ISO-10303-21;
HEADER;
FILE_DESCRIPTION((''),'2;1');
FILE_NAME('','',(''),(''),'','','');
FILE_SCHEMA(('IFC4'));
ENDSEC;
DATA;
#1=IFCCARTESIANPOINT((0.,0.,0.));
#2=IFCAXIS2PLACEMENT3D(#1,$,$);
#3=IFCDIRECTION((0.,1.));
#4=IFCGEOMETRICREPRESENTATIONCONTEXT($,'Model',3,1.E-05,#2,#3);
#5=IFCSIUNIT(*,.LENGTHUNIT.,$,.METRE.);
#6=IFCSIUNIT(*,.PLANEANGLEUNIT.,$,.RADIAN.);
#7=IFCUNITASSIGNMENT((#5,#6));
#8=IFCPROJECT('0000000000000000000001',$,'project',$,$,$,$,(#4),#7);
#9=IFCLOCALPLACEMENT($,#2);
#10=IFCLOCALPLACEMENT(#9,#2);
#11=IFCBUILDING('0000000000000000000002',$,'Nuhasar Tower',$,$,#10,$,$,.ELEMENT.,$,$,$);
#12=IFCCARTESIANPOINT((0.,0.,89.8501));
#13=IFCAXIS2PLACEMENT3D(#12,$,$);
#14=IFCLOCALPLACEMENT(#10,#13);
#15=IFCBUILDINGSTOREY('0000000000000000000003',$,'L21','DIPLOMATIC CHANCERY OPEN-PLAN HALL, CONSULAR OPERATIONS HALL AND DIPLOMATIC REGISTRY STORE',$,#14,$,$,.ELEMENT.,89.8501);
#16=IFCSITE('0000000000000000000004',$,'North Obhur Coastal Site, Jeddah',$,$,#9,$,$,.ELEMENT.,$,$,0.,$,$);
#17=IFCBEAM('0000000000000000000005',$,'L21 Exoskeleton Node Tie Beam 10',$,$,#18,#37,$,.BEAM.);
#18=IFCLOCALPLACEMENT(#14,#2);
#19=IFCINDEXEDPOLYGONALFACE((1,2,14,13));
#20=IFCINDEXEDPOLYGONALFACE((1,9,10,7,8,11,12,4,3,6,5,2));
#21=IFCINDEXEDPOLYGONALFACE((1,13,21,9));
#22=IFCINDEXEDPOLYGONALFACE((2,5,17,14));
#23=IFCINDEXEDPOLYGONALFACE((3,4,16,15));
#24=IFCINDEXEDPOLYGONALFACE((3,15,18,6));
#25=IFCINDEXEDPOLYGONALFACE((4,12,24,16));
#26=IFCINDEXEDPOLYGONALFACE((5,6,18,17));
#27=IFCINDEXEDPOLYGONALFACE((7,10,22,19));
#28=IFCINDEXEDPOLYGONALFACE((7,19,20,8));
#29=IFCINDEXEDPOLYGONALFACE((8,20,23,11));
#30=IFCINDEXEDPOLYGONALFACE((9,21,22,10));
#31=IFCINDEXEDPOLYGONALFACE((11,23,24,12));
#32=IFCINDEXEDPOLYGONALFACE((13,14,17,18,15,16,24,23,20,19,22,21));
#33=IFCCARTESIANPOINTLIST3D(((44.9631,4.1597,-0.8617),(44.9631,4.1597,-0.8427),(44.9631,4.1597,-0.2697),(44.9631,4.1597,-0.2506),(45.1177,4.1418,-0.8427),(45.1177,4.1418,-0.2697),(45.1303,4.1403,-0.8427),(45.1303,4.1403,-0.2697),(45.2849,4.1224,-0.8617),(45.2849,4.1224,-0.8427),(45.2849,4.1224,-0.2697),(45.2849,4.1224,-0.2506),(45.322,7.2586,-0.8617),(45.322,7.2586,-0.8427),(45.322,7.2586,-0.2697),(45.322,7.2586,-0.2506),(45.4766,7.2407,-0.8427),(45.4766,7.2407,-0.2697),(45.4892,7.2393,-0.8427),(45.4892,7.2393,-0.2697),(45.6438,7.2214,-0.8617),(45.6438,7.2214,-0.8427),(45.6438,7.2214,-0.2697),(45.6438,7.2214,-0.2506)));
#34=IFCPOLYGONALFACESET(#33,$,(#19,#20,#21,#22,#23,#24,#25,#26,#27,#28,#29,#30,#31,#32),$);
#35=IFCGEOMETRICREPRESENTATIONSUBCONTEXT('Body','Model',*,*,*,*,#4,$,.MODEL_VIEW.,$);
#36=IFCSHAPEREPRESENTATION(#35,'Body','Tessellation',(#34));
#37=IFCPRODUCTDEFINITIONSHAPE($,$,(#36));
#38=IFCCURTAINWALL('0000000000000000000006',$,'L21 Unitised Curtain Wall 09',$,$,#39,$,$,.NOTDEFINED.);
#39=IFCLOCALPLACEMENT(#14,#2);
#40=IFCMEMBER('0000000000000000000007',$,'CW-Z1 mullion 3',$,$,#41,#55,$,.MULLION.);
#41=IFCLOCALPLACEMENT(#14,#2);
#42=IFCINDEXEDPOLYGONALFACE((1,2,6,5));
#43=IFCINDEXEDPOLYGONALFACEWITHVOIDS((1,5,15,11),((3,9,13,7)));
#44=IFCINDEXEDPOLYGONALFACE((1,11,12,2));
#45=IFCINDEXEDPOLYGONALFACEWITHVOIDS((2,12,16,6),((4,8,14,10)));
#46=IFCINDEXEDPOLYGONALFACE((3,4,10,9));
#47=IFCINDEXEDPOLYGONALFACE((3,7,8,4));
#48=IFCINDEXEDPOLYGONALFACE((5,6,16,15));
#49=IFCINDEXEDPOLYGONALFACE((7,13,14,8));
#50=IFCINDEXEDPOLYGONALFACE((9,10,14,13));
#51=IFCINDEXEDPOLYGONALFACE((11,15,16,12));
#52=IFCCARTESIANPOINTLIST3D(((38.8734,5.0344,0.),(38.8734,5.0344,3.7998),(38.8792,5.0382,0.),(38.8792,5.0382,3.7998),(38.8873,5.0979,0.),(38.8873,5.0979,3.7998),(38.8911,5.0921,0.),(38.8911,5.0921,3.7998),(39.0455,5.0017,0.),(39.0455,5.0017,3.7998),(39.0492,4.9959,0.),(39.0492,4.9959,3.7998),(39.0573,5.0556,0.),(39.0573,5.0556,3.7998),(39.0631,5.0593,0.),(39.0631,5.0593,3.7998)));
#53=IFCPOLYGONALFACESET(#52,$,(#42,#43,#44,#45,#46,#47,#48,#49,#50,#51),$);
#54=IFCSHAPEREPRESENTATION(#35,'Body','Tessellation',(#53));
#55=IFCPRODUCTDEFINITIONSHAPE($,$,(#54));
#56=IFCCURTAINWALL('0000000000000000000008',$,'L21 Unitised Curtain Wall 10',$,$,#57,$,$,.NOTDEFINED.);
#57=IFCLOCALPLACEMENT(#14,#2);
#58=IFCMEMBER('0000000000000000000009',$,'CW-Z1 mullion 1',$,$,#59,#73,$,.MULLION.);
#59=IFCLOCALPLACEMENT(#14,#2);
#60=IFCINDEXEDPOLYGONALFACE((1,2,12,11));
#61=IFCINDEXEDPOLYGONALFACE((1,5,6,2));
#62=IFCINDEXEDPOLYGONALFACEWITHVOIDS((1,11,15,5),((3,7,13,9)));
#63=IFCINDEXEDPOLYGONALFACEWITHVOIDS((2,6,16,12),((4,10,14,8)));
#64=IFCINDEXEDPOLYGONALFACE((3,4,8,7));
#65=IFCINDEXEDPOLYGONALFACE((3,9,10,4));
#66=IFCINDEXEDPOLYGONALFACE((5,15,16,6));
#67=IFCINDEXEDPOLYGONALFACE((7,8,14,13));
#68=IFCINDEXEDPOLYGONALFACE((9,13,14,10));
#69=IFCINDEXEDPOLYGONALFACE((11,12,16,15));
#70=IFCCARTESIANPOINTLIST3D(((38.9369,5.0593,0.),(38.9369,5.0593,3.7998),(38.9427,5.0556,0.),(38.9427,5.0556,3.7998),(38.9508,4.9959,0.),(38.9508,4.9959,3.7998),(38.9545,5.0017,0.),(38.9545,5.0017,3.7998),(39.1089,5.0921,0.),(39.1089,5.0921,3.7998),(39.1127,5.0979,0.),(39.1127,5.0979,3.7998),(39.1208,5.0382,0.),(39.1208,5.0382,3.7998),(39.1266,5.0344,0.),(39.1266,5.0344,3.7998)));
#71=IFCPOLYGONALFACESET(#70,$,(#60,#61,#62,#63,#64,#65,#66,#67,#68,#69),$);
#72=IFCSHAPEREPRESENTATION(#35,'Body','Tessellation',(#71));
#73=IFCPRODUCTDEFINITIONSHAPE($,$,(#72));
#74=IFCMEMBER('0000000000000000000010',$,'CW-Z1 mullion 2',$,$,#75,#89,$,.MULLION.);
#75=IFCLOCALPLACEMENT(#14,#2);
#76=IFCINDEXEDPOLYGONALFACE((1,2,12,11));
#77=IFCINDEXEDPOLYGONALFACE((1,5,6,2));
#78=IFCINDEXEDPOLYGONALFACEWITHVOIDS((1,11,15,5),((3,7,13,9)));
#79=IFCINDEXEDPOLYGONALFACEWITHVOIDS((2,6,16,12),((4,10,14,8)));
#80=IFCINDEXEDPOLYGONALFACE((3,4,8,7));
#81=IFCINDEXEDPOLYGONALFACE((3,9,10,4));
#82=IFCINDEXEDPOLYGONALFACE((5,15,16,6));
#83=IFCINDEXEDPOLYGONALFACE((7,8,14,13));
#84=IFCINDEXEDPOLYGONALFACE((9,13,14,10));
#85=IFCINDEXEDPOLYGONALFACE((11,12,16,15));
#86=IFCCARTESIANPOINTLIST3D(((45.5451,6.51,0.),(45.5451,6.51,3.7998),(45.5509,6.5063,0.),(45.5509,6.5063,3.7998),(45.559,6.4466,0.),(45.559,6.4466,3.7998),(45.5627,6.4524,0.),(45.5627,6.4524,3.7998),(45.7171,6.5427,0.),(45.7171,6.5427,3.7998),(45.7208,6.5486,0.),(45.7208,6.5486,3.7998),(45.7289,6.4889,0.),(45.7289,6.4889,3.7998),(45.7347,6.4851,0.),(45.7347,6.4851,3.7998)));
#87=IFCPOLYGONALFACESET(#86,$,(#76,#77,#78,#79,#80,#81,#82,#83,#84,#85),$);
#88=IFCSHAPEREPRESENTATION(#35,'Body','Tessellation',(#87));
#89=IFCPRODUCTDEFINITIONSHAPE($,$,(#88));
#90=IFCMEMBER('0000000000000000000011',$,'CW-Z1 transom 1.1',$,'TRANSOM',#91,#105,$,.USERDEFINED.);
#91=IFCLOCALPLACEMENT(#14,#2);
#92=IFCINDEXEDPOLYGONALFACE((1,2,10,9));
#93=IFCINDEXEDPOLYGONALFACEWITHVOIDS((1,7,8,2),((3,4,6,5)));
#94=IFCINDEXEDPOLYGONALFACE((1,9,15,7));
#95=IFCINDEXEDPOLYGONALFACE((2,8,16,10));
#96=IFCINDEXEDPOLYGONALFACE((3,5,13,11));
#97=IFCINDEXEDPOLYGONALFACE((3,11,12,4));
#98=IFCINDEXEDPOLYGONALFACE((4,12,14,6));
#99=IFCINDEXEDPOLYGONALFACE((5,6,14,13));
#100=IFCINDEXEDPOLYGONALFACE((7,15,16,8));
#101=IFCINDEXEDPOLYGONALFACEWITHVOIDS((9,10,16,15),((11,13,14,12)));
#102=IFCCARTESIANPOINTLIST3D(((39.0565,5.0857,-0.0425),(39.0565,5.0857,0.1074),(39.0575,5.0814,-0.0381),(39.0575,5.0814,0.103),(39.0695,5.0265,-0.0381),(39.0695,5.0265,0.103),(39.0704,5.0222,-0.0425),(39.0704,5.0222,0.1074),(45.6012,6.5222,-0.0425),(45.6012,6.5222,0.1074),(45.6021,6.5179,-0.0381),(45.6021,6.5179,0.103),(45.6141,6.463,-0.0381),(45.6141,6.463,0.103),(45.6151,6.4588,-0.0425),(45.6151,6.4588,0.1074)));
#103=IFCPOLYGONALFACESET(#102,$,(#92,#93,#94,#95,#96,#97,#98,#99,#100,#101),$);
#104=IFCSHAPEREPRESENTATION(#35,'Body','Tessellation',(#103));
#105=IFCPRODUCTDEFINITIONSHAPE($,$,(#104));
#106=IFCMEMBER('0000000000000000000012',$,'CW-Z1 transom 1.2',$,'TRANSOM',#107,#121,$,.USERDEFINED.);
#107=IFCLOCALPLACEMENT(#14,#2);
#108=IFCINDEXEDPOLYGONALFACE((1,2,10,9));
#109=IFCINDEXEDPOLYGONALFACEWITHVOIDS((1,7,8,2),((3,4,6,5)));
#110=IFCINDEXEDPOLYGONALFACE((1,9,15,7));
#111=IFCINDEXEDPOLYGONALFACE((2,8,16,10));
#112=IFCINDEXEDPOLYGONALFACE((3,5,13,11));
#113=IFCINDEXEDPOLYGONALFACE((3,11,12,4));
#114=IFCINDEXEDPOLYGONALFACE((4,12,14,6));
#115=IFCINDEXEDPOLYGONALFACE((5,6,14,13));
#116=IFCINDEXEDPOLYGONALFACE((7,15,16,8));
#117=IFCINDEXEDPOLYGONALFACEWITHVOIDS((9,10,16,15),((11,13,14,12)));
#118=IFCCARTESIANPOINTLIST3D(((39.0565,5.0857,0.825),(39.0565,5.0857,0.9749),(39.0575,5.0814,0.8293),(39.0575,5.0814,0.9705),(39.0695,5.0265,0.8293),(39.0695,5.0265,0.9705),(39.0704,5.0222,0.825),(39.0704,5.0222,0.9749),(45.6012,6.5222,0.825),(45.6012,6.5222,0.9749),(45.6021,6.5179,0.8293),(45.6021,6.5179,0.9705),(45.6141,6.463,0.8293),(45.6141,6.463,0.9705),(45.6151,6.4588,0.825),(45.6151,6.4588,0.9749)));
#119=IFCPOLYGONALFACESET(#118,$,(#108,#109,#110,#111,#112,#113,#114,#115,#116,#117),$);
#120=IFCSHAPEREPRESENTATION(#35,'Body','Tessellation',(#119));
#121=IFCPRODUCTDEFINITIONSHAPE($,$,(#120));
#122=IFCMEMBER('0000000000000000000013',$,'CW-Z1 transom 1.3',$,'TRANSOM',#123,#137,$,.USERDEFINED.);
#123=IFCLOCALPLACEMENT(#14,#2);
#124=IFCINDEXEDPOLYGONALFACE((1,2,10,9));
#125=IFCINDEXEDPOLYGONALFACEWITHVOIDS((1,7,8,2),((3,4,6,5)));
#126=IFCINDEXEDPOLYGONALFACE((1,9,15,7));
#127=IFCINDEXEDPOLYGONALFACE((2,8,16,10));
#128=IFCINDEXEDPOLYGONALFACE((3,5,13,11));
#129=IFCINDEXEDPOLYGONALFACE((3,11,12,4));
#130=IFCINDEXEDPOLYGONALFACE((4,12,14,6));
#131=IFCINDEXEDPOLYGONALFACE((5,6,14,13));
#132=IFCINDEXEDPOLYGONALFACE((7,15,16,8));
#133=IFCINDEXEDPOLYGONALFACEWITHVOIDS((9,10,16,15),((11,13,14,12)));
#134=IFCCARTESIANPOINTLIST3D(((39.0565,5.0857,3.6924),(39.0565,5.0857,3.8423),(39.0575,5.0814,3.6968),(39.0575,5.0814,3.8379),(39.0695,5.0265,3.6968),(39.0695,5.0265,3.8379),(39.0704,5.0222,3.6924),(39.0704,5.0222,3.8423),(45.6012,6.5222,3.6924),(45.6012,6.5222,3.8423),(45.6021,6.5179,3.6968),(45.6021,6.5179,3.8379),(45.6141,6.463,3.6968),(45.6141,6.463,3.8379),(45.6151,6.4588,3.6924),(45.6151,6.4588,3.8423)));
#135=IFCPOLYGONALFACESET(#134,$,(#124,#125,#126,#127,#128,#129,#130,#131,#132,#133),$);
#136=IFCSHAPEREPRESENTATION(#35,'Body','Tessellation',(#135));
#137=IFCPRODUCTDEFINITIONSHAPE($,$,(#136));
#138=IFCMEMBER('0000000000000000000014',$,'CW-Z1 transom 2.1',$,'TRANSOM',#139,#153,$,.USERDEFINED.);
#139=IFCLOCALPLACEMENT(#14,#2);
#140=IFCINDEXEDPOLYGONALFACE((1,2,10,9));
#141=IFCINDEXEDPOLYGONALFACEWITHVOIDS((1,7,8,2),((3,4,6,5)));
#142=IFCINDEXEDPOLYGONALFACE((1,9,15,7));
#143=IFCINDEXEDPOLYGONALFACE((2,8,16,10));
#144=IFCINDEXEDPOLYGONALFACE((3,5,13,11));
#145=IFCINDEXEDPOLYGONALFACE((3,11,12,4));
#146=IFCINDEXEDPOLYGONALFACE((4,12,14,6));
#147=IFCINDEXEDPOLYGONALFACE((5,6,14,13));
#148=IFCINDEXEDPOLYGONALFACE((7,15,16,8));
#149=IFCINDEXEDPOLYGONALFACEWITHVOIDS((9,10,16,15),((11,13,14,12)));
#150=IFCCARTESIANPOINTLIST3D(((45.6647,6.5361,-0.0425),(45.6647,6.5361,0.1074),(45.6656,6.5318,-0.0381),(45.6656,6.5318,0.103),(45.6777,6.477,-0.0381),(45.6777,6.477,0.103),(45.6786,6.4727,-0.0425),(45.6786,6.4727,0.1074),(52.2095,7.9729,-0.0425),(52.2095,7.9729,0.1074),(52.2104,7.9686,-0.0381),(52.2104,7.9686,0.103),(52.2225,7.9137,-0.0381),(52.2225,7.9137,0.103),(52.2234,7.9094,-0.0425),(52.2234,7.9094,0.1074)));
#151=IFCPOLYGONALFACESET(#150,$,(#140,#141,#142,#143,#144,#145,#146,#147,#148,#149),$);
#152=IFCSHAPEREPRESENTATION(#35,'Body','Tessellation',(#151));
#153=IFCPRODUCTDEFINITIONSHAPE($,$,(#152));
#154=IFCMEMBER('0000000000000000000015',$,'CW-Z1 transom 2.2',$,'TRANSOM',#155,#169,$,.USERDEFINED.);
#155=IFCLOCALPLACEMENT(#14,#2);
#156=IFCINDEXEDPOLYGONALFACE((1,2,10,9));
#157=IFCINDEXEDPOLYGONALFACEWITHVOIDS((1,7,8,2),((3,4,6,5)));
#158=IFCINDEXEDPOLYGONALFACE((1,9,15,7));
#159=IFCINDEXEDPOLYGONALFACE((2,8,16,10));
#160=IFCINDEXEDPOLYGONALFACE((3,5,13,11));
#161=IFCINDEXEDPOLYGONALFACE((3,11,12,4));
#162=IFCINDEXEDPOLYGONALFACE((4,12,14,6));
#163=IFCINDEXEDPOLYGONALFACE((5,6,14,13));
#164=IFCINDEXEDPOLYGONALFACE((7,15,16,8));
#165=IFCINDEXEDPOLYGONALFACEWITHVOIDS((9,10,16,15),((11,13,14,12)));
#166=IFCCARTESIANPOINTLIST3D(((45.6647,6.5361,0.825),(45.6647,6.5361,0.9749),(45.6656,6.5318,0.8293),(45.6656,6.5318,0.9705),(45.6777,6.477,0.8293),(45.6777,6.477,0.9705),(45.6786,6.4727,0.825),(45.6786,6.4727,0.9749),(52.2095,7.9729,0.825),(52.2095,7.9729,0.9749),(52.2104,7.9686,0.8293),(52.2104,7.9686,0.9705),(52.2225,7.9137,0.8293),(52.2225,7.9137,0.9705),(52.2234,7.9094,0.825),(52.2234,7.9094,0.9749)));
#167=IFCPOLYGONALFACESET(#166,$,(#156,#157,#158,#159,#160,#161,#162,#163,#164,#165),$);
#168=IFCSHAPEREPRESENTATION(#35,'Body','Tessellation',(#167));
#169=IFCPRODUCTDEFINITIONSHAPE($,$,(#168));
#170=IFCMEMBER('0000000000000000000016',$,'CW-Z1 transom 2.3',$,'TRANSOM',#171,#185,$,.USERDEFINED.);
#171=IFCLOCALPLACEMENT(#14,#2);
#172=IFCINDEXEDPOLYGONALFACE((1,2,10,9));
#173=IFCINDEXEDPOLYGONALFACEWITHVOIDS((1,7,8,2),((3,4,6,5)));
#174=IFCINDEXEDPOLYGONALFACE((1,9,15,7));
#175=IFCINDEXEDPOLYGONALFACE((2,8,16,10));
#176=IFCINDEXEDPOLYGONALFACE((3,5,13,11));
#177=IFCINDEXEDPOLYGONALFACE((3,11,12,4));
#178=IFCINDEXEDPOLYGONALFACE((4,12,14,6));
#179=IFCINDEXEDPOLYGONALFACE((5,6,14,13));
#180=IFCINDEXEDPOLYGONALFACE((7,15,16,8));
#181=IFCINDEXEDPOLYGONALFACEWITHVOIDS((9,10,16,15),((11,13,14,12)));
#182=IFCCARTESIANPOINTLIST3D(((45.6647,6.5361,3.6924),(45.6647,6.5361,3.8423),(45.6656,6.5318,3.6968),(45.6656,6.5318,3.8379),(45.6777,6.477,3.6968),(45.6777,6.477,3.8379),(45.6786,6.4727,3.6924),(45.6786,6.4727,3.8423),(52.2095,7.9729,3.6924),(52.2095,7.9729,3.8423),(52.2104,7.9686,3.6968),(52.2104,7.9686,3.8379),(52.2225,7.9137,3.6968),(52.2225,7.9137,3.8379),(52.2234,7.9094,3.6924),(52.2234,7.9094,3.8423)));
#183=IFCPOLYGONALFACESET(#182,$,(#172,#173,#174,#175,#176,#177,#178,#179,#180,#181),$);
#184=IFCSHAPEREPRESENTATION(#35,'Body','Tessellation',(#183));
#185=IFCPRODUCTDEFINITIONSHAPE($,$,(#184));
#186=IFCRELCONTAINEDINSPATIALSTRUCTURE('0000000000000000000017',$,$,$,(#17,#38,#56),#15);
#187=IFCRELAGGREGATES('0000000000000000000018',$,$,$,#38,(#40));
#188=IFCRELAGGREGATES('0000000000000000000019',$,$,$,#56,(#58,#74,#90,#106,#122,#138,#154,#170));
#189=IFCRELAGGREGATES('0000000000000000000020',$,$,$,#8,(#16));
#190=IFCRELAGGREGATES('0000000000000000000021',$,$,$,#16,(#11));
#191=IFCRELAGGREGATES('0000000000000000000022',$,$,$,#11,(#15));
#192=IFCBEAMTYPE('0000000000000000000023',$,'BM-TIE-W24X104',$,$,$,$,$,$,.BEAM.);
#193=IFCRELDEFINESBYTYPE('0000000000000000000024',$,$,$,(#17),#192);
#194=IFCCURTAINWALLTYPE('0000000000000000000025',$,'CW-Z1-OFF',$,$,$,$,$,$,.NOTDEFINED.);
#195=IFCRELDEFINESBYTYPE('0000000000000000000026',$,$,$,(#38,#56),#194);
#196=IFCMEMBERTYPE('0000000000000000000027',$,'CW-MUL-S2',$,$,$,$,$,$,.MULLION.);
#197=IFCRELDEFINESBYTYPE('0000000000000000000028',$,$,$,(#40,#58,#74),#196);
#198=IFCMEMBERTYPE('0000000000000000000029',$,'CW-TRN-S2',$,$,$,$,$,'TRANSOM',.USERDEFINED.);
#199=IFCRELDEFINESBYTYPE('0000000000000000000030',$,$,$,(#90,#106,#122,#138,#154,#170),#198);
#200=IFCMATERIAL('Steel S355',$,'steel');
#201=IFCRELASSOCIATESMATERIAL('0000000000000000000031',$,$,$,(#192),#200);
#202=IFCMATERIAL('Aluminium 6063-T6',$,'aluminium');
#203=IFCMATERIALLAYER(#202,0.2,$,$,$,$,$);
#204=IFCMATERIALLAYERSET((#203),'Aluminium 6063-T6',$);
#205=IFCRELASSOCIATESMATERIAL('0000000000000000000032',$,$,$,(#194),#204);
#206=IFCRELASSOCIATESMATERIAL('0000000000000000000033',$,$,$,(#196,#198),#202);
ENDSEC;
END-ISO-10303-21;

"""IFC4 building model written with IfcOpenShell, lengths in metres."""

from ifc_helpers import new_model, si_unit, direction, frame, origin, origin_2d, place, context, subcontext, project, spatial, hollow_rectangle, i_section, extrude, material, layer, layer_set, material_profile, profile_set, type_object, element, aggregate, save


model = new_model("IFC4")

# Units and contexts
model_context = context("Model", 3, precision=1e-05, world=origin(), true_north=direction((0.0, 1.0)))
body_context = subcontext(model_context, "Body", "Model", "MODEL_VIEW")
ifc_project = project(units=[si_unit("LENGTHUNIT", "METRE"), si_unit("PLANEANGLEUNIT", "RADIAN")], contexts=[model_context])

# Site, building, storey
site_placement = place(None, origin())
site = spatial("IfcSite", under=ifc_project, at=site_placement, Name="North Obhur Coastal Site, Jeddah", CompositionType="ELEMENT", RefElevation=0.0)
building_placement = place(site_placement, origin())
building = spatial("IfcBuilding", under=site, at=building_placement, Name="Nuhasar Tower", CompositionType="ELEMENT")
storey_placement = place(building_placement, frame((0.0, 0.0, 89.8501)))
storey = spatial("IfcBuildingStorey", under=building, at=storey_placement, Name="L21", Description="DIPLOMATIC CHANCERY OPEN-PLAN HALL, CONSULAR OPERATIONS HALL AND DIPLOMATIC REGISTRY STORE", CompositionType="ELEMENT", Elevation=89.8501)

# Beam
ifc_material_1 = material(Name="Steel S355", Category="steel")
ifc_material_profile_1 = material_profile(ifc_material_1, i_section(OverallWidth=0.324, OverallDepth=0.6111, WebThickness=0.0127, FlangeThickness=0.019, at=origin_2d()), Name="W24X104")
ifc_profile_set_1 = profile_set([ifc_material_profile_1], Name="Steel S355")
beam_type_1 = type_object("IfcBeamType", Name="BM-TIE-W24X104", PredefinedType="BEAM", material=ifc_profile_set_1)
beam_1_placement = place(storey_placement, frame((45.4829, 7.24, -0.5562), z_axis=(-0.115043, -0.993361, 0.0), x_axis=(0.993361, -0.115043, 0.0)))
element("IfcBeam", 1, at=beam_1_placement, inside=storey, type_object=beam_type_1, Name="L21 Exoskeleton Node Tie Beam 10", PredefinedType="BEAM", context=body_context, shape_type="SweptSolid", body=[
    extrude(i_section(OverallWidth=0.324, OverallDepth=0.6111, WebThickness=0.0127, FlangeThickness=0.019, at=origin_2d()), origin(), (0.0, 0.0, 1.0), 3.1196),
])

# Curtain wall, member
ifc_material_2 = material(Name="Aluminium 6063-T6", Category="aluminium")
ifc_layer_1 = layer(ifc_material_2, 0.2)
ifc_layer_set_1 = layer_set([ifc_layer_1], Name="Aluminium 6063-T6")
curtain_wall_type = type_object("IfcCurtainWallType", Name="CW-Z1-OFF", PredefinedType="NOTDEFINED", material=ifc_layer_set_1)
curtain_wall_1_placement = place(storey_placement, origin())
curtain_wall_1 = element("IfcCurtainWall", 2, at=curtain_wall_1_placement, inside=storey, type_object=curtain_wall_type, Name="L21 Unitised Curtain Wall 09", PredefinedType="NOTDEFINED")
ifc_material_profile_2 = material_profile(ifc_material_2, hollow_rectangle(XDim=0.0649, YDim=0.1799, WallThickness=0.0049, at=origin_2d()), Name="CWM-2")
ifc_profile_set_2 = profile_set([ifc_material_profile_2], Name="Aluminium 6063-T6")
member_type_1 = type_object("IfcMemberType", Name="CW-MUL-S2", PredefinedType="MULLION", material=ifc_profile_set_2)
member_1_placement = place(storey_placement, frame((38.9683, 5.0469, 0.0), z_axis=(0.0, 0.0, 1.0), x_axis=(0.214399, 0.976746, 0.0)))
member_1 = element("IfcMember", 3, at=member_1_placement, type_object=member_type_1, Name="CW-Z1 mullion 3", PredefinedType="MULLION", context=body_context, shape_type="SweptSolid", body=[
    extrude(hollow_rectangle(XDim=0.0649, YDim=0.1799, WallThickness=0.0049, at=origin_2d()), origin(), (0.0, 0.0, 1.0), 3.7998),
])
aggregate(curtain_wall_1, [member_1])

# Curtain wall, members
curtain_wall_2_placement = place(storey_placement, origin())
curtain_wall_2 = element("IfcCurtainWall", 4, at=curtain_wall_2_placement, inside=storey, type_object=curtain_wall_type, Name="L21 Unitised Curtain Wall 10", PredefinedType="NOTDEFINED")
member_2_placement = place(storey_placement, frame((39.0317, 5.0469, 0.0), z_axis=(0.0, 0.0, 1.0), x_axis=(-0.214399, 0.976746, 0.0)))
member_2 = element("IfcMember", 5, at=member_2_placement, type_object=member_type_1, Name="CW-Z1 mullion 1", PredefinedType="MULLION", context=body_context, shape_type="SweptSolid", body=[
    extrude(hollow_rectangle(XDim=0.0649, YDim=0.1799, WallThickness=0.0049, at=origin_2d()), origin(), (0.0, 0.0, 1.0), 3.7998),
])
member_3_placement = place(storey_placement, frame((45.6399, 6.4976, 0.0), z_axis=(0.0, 0.0, 1.0), x_axis=(-0.214399, 0.976746, 0.0)))
member_3 = element("IfcMember", 6, at=member_3_placement, type_object=member_type_1, Name="CW-Z1 mullion 2", PredefinedType="MULLION", context=body_context, shape_type="SweptSolid", body=[
    extrude(hollow_rectangle(XDim=0.0649, YDim=0.1799, WallThickness=0.0049, at=origin_2d()), origin(), (0.0, 0.0, 1.0), 3.7998),
])
ifc_material_profile_3 = material_profile(ifc_material_2, hollow_rectangle(XDim=0.0649, YDim=0.1499, WallThickness=0.0044, at=origin_2d()), Name="CWT-2")
ifc_profile_set_3 = profile_set([ifc_material_profile_3], Name="Aluminium 6063-T6")
member_type_2 = type_object("IfcMemberType", Name="CW-TRN-S2", ElementType="TRANSOM", PredefinedType="USERDEFINED", material=ifc_profile_set_3)
member_4_placement = place(storey_placement, frame((39.0635, 5.054, 0.0325), z_axis=(0.976748, 0.214391, 0.0), x_axis=(-0.214391, 0.976748, 0.0)))
member_4 = element("IfcMember", 7, at=member_4_placement, type_object=member_type_2, Name="CW-Z1 transom 1.1", ObjectType="TRANSOM", PredefinedType="USERDEFINED", context=body_context, shape_type="SweptSolid", body=[
    extrude(hollow_rectangle(XDim=0.0649, YDim=0.1499, WallThickness=0.0044, at=origin_2d()), origin(), (0.0, 0.0, 1.0), 6.7004),
])
member_5_placement = place(storey_placement, frame((39.0635, 5.054, 0.8999), z_axis=(0.976748, 0.214391, 0.0), x_axis=(-0.214391, 0.976748, 0.0)))
member_5 = element("IfcMember", 8, at=member_5_placement, type_object=member_type_2, Name="CW-Z1 transom 1.2", ObjectType="TRANSOM", PredefinedType="USERDEFINED", context=body_context, shape_type="SweptSolid", body=[
    extrude(hollow_rectangle(XDim=0.0649, YDim=0.1499, WallThickness=0.0044, at=origin_2d()), origin(), (0.0, 0.0, 1.0), 6.7004),
])
member_6_placement = place(storey_placement, frame((39.0635, 5.054, 3.7673), z_axis=(0.976748, 0.214391, 0.0), x_axis=(-0.214391, 0.976748, 0.0)))
member_6 = element("IfcMember", 9, at=member_6_placement, type_object=member_type_2, Name="CW-Z1 transom 1.3", ObjectType="TRANSOM", PredefinedType="USERDEFINED", context=body_context, shape_type="SweptSolid", body=[
    extrude(hollow_rectangle(XDim=0.0649, YDim=0.1499, WallThickness=0.0044, at=origin_2d()), origin(), (0.0, 0.0, 1.0), 6.7004),
])
member_7_placement = place(storey_placement, frame((45.6716, 6.5044, 0.0325), z_axis=(0.976742, 0.214418, 0.0), x_axis=(-0.214418, 0.976742, 0.0)))
member_7 = element("IfcMember", 10, at=member_7_placement, type_object=member_type_2, Name="CW-Z1 transom 2.1", ObjectType="TRANSOM", PredefinedType="USERDEFINED", context=body_context, shape_type="SweptSolid", body=[
    extrude(hollow_rectangle(XDim=0.0649, YDim=0.1499, WallThickness=0.0044, at=origin_2d()), origin(), (0.0, 0.0, 1.0), 6.7007),
])
member_8_placement = place(storey_placement, frame((45.6716, 6.5044, 0.8999), z_axis=(0.976742, 0.214418, 0.0), x_axis=(-0.214418, 0.976742, 0.0)))
member_8 = element("IfcMember", 11, at=member_8_placement, type_object=member_type_2, Name="CW-Z1 transom 2.2", ObjectType="TRANSOM", PredefinedType="USERDEFINED", context=body_context, shape_type="SweptSolid", body=[
    extrude(hollow_rectangle(XDim=0.0649, YDim=0.1499, WallThickness=0.0044, at=origin_2d()), origin(), (0.0, 0.0, 1.0), 6.7007),
])
member_9_placement = place(storey_placement, frame((45.6716, 6.5044, 3.7673), z_axis=(0.976742, 0.214418, 0.0), x_axis=(-0.214418, 0.976742, 0.0)))
member_9 = element("IfcMember", 12, at=member_9_placement, type_object=member_type_2, Name="CW-Z1 transom 2.3", ObjectType="TRANSOM", PredefinedType="USERDEFINED", context=body_context, shape_type="SweptSolid", body=[
    extrude(hollow_rectangle(XDim=0.0649, YDim=0.1499, WallThickness=0.0044, at=origin_2d()), origin(), (0.0, 0.0, 1.0), 6.7007),
])

aggregate(curtain_wall_2, [member_2, member_3, member_4, member_5, member_6, member_7, member_8, member_9])

save(model, "model.ifc")
